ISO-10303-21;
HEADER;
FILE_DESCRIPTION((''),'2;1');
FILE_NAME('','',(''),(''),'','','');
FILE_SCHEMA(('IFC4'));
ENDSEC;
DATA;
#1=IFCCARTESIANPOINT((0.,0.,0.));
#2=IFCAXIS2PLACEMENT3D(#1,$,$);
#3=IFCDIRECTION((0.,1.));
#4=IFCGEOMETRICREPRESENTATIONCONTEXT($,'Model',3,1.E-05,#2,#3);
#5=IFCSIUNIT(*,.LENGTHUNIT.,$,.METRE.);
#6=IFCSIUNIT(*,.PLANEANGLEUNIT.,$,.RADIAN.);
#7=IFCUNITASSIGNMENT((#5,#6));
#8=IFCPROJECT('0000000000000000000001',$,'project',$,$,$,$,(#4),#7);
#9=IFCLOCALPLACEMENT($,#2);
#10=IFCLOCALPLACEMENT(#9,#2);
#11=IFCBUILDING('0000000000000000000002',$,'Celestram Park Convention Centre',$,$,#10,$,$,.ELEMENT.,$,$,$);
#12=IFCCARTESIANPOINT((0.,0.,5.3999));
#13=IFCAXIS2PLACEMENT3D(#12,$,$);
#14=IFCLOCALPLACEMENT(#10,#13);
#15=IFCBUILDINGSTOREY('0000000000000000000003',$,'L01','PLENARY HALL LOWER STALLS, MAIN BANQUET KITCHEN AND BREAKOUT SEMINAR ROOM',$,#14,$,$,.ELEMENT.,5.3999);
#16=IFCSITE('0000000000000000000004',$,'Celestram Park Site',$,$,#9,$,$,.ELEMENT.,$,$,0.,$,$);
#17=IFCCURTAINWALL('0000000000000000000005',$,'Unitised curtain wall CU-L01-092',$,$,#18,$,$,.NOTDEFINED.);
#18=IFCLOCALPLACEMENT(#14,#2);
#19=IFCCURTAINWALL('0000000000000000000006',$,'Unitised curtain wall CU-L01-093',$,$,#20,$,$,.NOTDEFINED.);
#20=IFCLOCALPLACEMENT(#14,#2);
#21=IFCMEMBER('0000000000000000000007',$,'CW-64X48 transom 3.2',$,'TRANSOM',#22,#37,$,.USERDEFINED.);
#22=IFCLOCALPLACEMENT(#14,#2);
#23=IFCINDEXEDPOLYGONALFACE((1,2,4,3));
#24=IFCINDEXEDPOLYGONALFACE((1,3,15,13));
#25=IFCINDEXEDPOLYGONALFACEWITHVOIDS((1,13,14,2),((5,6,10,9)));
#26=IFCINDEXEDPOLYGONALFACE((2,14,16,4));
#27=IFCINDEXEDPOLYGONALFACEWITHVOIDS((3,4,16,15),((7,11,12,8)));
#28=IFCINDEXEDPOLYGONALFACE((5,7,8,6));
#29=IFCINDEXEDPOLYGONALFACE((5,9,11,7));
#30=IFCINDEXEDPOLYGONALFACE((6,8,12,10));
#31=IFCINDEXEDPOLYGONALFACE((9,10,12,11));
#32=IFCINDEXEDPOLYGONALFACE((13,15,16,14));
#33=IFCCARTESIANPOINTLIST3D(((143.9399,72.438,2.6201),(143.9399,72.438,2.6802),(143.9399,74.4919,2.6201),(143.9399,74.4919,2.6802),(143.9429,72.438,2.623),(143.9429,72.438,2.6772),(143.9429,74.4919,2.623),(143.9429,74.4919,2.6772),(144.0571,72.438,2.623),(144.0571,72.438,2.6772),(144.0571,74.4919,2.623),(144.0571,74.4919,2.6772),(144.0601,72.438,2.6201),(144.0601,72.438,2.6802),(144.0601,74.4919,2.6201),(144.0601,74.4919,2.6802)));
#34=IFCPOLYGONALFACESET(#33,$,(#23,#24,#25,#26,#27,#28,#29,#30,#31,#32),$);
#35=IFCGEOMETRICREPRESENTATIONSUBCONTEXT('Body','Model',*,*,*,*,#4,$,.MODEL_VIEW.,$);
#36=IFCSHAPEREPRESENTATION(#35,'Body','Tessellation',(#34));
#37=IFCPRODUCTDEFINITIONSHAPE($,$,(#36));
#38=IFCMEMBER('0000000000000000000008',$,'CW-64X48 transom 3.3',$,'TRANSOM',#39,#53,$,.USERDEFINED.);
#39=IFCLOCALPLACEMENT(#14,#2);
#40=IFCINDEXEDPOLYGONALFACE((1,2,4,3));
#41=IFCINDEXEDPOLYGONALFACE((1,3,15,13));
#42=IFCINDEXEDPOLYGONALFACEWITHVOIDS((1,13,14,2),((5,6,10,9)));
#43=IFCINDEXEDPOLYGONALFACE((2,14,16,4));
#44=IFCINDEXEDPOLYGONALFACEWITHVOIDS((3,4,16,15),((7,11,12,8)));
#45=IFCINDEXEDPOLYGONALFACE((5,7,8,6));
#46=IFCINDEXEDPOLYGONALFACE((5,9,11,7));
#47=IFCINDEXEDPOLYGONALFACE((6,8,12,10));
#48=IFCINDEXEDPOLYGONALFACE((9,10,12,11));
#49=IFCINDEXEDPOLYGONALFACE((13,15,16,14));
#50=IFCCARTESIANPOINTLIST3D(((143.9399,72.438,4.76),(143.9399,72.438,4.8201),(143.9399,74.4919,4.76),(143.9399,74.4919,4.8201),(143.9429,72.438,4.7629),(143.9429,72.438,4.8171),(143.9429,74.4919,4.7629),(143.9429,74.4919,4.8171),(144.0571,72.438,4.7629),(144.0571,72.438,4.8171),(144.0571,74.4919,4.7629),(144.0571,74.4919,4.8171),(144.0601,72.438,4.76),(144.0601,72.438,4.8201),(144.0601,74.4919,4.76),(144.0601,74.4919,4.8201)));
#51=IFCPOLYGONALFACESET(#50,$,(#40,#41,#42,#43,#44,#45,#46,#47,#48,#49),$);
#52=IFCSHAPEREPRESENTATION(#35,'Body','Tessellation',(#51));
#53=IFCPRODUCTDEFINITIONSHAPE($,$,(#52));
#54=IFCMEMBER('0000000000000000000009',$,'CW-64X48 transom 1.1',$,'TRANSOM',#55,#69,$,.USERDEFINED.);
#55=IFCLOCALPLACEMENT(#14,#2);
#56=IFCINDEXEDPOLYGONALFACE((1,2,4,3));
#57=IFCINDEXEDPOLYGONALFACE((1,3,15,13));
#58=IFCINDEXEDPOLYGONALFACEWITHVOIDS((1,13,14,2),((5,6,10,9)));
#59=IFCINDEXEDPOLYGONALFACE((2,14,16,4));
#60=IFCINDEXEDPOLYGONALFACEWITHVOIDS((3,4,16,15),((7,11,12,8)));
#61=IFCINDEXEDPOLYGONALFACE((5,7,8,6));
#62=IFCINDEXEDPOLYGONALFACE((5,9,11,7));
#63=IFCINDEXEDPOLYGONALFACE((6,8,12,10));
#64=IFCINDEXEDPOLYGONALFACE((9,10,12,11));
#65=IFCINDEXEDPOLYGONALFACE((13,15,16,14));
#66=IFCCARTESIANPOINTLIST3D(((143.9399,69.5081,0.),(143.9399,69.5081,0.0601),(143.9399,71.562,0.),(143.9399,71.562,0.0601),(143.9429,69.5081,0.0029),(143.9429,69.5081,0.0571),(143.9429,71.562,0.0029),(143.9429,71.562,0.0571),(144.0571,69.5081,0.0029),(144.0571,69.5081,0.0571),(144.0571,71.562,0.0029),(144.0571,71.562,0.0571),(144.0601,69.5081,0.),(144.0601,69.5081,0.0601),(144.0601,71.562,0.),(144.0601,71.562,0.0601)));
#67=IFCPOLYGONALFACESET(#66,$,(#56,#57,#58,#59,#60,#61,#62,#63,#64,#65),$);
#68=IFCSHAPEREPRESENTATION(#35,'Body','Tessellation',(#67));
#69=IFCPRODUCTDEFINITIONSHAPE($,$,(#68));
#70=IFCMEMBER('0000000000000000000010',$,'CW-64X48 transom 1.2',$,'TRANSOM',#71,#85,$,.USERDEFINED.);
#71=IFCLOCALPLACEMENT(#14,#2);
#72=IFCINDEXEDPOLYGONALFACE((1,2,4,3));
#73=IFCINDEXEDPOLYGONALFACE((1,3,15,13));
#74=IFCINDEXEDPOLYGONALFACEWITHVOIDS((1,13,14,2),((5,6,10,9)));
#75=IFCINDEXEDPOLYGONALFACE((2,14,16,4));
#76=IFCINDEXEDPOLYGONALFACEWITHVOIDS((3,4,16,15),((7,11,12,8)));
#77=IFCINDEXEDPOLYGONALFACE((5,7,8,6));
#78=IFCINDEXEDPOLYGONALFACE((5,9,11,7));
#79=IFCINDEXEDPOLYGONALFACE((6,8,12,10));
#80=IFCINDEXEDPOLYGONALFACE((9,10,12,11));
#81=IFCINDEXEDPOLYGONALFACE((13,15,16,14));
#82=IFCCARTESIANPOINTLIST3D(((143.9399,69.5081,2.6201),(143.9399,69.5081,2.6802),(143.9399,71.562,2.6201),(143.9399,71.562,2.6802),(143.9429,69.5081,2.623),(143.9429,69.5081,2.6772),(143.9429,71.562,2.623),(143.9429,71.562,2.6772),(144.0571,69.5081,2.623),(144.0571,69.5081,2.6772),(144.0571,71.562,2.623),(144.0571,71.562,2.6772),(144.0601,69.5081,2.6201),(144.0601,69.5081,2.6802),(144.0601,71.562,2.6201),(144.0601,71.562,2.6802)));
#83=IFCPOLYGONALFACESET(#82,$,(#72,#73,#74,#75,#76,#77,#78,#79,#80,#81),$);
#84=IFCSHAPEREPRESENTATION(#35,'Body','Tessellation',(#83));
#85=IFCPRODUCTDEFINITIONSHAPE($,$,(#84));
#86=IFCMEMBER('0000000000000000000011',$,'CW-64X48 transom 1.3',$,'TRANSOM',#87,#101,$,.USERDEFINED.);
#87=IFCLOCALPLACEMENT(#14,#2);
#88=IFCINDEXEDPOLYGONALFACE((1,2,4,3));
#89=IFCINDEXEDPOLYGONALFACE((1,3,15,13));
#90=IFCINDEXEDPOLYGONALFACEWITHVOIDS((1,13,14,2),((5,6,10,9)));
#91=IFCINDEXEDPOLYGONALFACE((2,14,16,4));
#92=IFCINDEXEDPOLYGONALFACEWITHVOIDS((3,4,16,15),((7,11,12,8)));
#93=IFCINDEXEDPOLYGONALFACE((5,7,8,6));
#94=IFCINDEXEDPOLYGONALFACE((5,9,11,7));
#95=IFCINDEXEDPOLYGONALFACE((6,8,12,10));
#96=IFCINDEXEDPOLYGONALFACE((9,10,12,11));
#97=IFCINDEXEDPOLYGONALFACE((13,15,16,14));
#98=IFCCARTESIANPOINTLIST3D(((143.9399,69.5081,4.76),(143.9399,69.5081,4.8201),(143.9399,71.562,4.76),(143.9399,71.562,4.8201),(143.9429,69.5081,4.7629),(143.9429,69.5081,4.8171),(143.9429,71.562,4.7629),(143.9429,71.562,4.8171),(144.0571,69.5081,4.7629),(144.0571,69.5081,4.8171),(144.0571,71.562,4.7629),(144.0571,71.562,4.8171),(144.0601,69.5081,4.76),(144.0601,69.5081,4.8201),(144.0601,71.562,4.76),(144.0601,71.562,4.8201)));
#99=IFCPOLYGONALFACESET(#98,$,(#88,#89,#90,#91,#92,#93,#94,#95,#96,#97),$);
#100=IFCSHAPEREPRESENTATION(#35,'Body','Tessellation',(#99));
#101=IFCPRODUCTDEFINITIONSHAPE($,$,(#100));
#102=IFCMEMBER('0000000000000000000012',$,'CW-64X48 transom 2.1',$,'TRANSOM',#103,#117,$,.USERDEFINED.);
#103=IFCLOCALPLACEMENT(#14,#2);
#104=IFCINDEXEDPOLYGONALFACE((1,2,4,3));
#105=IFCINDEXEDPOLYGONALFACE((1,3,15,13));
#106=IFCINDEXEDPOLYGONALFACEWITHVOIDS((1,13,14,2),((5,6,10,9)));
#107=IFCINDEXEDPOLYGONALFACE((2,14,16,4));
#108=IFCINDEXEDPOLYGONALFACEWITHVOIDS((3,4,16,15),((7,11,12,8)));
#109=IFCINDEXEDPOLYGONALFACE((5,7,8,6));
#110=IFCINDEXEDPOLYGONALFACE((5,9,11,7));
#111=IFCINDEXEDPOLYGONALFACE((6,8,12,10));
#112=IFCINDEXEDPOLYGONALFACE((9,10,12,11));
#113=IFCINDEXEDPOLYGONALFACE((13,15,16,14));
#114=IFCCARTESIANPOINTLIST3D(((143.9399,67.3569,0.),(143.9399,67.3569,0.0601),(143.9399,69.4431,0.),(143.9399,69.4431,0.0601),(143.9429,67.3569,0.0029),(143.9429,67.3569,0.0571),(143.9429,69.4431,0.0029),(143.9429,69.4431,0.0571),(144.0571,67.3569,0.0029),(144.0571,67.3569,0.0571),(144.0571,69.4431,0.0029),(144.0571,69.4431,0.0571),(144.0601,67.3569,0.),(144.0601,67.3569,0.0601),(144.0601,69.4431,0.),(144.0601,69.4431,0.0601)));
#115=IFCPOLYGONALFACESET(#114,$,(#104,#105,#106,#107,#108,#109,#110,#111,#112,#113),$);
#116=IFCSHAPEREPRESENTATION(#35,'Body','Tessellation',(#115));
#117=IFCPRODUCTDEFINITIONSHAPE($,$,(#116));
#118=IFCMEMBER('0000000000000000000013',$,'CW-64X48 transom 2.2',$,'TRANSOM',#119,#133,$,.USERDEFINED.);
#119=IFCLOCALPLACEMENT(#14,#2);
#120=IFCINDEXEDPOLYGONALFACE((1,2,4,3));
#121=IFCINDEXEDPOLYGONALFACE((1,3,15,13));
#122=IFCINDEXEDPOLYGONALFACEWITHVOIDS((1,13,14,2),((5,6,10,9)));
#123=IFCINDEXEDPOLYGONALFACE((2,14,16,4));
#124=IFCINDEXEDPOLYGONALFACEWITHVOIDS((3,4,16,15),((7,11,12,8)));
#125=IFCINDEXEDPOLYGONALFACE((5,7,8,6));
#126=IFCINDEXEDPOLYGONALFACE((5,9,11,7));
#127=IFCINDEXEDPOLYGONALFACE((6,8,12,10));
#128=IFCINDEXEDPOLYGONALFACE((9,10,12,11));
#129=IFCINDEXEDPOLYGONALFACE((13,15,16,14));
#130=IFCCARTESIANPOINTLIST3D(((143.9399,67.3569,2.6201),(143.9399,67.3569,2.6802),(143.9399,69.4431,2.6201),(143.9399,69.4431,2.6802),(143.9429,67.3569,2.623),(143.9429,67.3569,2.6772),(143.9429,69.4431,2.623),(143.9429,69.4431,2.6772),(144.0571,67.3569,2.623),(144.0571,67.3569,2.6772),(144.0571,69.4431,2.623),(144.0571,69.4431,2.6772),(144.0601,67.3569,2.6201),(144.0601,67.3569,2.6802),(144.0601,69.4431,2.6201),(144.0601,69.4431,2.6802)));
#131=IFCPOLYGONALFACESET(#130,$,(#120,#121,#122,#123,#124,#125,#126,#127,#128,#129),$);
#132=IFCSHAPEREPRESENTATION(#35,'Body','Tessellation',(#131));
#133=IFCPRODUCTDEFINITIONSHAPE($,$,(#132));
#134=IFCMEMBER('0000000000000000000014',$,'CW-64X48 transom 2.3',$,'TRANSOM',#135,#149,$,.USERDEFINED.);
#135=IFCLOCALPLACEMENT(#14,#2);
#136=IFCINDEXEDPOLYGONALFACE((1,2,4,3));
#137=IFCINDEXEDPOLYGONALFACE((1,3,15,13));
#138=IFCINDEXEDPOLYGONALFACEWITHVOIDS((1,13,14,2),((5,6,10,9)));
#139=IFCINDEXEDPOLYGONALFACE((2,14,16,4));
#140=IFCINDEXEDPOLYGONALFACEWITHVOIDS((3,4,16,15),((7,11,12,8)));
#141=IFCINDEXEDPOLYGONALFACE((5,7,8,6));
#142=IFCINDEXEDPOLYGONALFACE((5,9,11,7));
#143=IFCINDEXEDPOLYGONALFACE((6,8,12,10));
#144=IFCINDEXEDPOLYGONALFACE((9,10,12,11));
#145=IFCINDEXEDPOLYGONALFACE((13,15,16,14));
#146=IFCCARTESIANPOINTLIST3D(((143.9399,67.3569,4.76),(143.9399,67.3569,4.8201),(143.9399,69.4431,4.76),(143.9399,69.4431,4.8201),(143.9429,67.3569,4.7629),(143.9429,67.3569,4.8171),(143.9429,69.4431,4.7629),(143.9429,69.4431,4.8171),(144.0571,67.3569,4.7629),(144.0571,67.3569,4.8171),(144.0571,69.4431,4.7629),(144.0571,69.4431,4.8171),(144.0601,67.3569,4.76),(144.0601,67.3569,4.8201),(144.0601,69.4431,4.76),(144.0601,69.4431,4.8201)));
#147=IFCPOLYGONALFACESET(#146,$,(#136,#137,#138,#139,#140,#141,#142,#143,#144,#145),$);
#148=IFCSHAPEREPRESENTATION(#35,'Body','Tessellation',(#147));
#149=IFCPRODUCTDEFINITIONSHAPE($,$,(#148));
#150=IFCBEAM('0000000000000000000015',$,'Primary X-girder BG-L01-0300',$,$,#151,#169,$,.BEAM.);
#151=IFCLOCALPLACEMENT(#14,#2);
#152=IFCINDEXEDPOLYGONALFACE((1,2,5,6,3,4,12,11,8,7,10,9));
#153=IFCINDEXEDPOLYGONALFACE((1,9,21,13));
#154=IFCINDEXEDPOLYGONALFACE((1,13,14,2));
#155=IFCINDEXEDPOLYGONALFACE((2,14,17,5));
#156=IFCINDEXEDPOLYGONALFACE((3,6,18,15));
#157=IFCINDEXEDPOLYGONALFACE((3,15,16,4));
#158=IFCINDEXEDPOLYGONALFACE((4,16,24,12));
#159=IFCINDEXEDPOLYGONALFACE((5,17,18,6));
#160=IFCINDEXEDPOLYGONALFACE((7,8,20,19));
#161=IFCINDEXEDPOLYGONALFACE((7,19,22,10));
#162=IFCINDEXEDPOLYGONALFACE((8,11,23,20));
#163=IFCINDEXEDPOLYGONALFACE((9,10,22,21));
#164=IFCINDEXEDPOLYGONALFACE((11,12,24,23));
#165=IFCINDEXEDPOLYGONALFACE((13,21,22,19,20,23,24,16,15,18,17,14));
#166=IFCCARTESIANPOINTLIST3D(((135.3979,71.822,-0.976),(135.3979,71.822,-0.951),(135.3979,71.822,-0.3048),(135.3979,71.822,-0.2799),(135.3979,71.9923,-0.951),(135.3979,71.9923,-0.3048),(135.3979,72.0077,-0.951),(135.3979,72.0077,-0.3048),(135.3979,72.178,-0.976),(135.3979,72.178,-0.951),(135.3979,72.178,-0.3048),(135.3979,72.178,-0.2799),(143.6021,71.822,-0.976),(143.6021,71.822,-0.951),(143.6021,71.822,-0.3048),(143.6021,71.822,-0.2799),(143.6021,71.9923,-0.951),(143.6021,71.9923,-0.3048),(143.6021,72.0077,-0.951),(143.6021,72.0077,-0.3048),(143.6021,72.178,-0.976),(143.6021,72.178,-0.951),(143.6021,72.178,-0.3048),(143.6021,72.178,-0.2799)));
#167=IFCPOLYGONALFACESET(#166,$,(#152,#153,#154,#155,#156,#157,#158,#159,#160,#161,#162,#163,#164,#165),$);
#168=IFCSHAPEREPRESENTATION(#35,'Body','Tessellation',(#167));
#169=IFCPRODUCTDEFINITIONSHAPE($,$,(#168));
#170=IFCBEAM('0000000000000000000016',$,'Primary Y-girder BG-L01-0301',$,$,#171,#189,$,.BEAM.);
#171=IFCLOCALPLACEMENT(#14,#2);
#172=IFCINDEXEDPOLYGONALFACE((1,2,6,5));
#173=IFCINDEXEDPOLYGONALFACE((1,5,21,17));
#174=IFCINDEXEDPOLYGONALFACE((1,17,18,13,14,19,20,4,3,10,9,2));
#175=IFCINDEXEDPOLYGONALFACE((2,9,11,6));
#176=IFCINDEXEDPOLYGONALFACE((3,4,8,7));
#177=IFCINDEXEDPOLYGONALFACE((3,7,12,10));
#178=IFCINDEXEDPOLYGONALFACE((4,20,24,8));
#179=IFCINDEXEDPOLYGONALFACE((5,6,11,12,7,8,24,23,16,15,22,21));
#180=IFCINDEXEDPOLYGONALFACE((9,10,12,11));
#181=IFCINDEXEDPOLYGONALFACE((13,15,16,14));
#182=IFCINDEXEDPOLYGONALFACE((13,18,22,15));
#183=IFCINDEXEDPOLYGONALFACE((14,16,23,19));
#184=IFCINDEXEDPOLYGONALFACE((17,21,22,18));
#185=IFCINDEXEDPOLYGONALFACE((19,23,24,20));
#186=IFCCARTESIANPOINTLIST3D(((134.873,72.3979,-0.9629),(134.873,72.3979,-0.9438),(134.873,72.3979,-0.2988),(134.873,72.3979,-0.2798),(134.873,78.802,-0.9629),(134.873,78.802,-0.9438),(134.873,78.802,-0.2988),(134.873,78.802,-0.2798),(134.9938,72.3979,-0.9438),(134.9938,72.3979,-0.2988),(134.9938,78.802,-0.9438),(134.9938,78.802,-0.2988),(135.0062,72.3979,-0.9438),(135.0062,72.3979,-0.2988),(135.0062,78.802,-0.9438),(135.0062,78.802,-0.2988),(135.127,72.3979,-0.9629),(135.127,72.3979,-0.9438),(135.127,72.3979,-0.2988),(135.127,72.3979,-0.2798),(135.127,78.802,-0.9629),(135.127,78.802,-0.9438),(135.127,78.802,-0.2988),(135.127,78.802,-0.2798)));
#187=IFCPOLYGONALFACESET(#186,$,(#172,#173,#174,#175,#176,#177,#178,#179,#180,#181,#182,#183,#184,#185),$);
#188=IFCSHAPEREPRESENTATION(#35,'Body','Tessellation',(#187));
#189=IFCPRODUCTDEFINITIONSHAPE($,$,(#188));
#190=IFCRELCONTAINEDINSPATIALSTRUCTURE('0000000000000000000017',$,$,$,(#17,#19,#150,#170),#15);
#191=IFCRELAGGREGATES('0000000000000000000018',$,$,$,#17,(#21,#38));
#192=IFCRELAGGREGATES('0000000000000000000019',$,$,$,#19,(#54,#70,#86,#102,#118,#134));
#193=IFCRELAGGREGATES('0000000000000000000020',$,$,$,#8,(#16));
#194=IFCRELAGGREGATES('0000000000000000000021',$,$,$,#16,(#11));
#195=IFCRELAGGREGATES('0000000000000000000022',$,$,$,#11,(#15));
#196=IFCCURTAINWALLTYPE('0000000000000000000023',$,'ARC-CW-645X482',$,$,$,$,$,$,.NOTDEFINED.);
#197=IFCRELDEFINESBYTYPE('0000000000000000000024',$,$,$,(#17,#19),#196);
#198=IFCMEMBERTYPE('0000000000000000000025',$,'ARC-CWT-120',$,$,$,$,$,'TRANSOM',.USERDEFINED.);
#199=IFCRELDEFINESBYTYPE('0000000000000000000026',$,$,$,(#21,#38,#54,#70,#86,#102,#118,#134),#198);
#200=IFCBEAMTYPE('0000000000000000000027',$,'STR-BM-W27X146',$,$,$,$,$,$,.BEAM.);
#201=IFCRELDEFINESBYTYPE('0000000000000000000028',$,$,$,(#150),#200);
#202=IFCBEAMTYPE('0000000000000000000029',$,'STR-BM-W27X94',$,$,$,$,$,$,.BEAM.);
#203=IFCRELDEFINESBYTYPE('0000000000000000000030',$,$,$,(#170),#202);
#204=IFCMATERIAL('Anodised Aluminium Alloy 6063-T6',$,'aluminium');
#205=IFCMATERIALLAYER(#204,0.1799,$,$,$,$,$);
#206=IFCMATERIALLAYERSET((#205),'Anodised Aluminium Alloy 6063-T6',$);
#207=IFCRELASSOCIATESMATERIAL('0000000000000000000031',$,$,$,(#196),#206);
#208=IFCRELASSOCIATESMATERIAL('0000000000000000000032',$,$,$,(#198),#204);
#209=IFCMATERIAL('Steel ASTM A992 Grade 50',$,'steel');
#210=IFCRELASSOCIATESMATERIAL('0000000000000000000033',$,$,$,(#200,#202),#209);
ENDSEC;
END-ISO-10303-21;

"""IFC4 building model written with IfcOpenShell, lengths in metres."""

from ifc_helpers import new_model, si_unit, direction, frame, origin, origin_2d, place, context, subcontext, project, spatial, hollow_rectangle, i_section, extrude, material, layer, layer_set, material_profile, profile_set, type_object, element, aggregate, save


model = new_model("IFC4")

# Units and contexts
model_context = context("Model", 3, precision=1e-05, world=origin(), true_north=direction((0.0, 1.0)))
body_context = subcontext(model_context, "Body", "Model", "MODEL_VIEW")
ifc_project = project(units=[si_unit("LENGTHUNIT", "METRE"), si_unit("PLANEANGLEUNIT", "RADIAN")], contexts=[model_context])

# Site, building, storey
site_placement = place(None, origin())
site = spatial("IfcSite", under=ifc_project, at=site_placement, Name="Celestram Park Site", CompositionType="ELEMENT", RefElevation=0.0)
building_placement = place(site_placement, origin())
building = spatial("IfcBuilding", under=site, at=building_placement, Name="Celestram Park Convention Centre", CompositionType="ELEMENT")
storey_placement = place(building_placement, frame((0.0, 0.0, 5.3999)))
storey = spatial("IfcBuildingStorey", under=building, at=storey_placement, Name="L01", Description="PLENARY HALL LOWER STALLS, MAIN BANQUET KITCHEN AND BREAKOUT SEMINAR ROOM", CompositionType="ELEMENT", Elevation=5.3999)

# Curtain walls
ifc_material_1 = material(Name="Anodised Aluminium Alloy 6063-T6", Category="aluminium")
ifc_layer_1 = layer(ifc_material_1, 0.1799)
ifc_layer_set_1 = layer_set([ifc_layer_1], Name="Anodised Aluminium Alloy 6063-T6")
curtain_wall_type = type_object("IfcCurtainWallType", Name="ARC-CW-645X482", PredefinedType="NOTDEFINED", material=ifc_layer_set_1)
curtain_wall_1_placement = place(storey_placement, origin())
curtain_wall_1 = element("IfcCurtainWall", 1, at=curtain_wall_1_placement, inside=storey, type_object=curtain_wall_type, Name="Unitised curtain wall CU-L01-092", PredefinedType="NOTDEFINED")
curtain_wall_2_placement = place(storey_placement, origin())
curtain_wall_2 = element("IfcCurtainWall", 2, at=curtain_wall_2_placement, inside=storey, type_object=curtain_wall_type, Name="Unitised curtain wall CU-L01-093", PredefinedType="NOTDEFINED")

# Members
ifc_material_profile_1 = material_profile(ifc_material_1, hollow_rectangle(XDim=0.1201, YDim=0.0601, WallThickness=0.0029, at=origin_2d()), Name="ALU120X60X3")
ifc_profile_set_1 = profile_set([ifc_material_profile_1], Name="Anodised Aluminium Alloy 6063-T6")
member_type_1 = type_object("IfcMemberType", Name="ARC-CWT-120", ElementType="TRANSOM", PredefinedType="USERDEFINED", material=ifc_profile_set_1)
member_1_placement = place(storey_placement, frame((144.0, 74.4919, 2.6501), z_axis=(0.0, -1.0, 0.0), x_axis=(1.0, 0.0, 0.0)))
member_1 = element("IfcMember", 3, at=member_1_placement, type_object=member_type_1, Name="CW-64X48 transom 3.2", ObjectType="TRANSOM", PredefinedType="USERDEFINED", context=body_context, shape_type="SweptSolid", body=[
    extrude(hollow_rectangle(XDim=0.1201, YDim=0.0601, WallThickness=0.0029, at=origin_2d()), origin(), (0.0, 0.0, 1.0), 2.054),
])
member_2_placement = place(storey_placement, frame((144.0, 74.4919, 4.79), z_axis=(0.0, -1.0, 0.0), x_axis=(1.0, 0.0, 0.0)))
member_2 = element("IfcMember", 4, at=member_2_placement, type_object=member_type_1, Name="CW-64X48 transom 3.3", ObjectType="TRANSOM", PredefinedType="USERDEFINED", context=body_context, shape_type="SweptSolid", body=[
    extrude(hollow_rectangle(XDim=0.1201, YDim=0.0601, WallThickness=0.0029, at=origin_2d()), origin(), (0.0, 0.0, 1.0), 2.054),
])
member_3_placement = place(storey_placement, frame((144.0, 71.562, 0.03), z_axis=(0.0, -1.0, 0.0), x_axis=(1.0, 0.0, 0.0)))
member_3 = element("IfcMember", 5, at=member_3_placement, type_object=member_type_1, Name="CW-64X48 transom 1.1", ObjectType="TRANSOM", PredefinedType="USERDEFINED", context=body_context, shape_type="SweptSolid", body=[
    extrude(hollow_rectangle(XDim=0.1201, YDim=0.0601, WallThickness=0.0029, at=origin_2d()), origin(), (0.0, 0.0, 1.0), 2.054),
])
member_4_placement = place(storey_placement, frame((144.0, 71.562, 2.6501), z_axis=(0.0, -1.0, 0.0), x_axis=(1.0, 0.0, 0.0)))
member_4 = element("IfcMember", 6, at=member_4_placement, type_object=member_type_1, Name="CW-64X48 transom 1.2", ObjectType="TRANSOM", PredefinedType="USERDEFINED", context=body_context, shape_type="SweptSolid", body=[
    extrude(hollow_rectangle(XDim=0.1201, YDim=0.0601, WallThickness=0.0029, at=origin_2d()), origin(), (0.0, 0.0, 1.0), 2.054),
])
member_5_placement = place(storey_placement, frame((144.0, 71.562, 4.79), z_axis=(0.0, -1.0, 0.0), x_axis=(1.0, 0.0, 0.0)))
member_5 = element("IfcMember", 7, at=member_5_placement, type_object=member_type_1, Name="CW-64X48 transom 1.3", ObjectType="TRANSOM", PredefinedType="USERDEFINED", context=body_context, shape_type="SweptSolid", body=[
    extrude(hollow_rectangle(XDim=0.1201, YDim=0.0601, WallThickness=0.0029, at=origin_2d()), origin(), (0.0, 0.0, 1.0), 2.054),
])
member_6_placement = place(storey_placement, frame((144.0, 69.4431, 0.03), z_axis=(0.0, -1.0, 0.0), x_axis=(1.0, 0.0, 0.0)))
member_6 = element("IfcMember", 8, at=member_6_placement, type_object=member_type_1, Name="CW-64X48 transom 2.1", ObjectType="TRANSOM", PredefinedType="USERDEFINED", context=body_context, shape_type="SweptSolid", body=[
    extrude(hollow_rectangle(XDim=0.1201, YDim=0.0601, WallThickness=0.0029, at=origin_2d()), origin(), (0.0, 0.0, 1.0), 2.0862),
])
member_7_placement = place(storey_placement, frame((144.0, 69.4431, 2.6501), z_axis=(0.0, -1.0, 0.0), x_axis=(1.0, 0.0, 0.0)))
member_7 = element("IfcMember", 9, at=member_7_placement, type_object=member_type_1, Name="CW-64X48 transom 2.2", ObjectType="TRANSOM", PredefinedType="USERDEFINED", context=body_context, shape_type="SweptSolid", body=[
    extrude(hollow_rectangle(XDim=0.1201, YDim=0.0601, WallThickness=0.0029, at=origin_2d()), origin(), (0.0, 0.0, 1.0), 2.0862),
])
member_8_placement = place(storey_placement, frame((144.0, 69.4431, 4.79), z_axis=(0.0, -1.0, 0.0), x_axis=(1.0, 0.0, 0.0)))
member_8 = element("IfcMember", 10, at=member_8_placement, type_object=member_type_1, Name="CW-64X48 transom 2.3", ObjectType="TRANSOM", PredefinedType="USERDEFINED", context=body_context, shape_type="SweptSolid", body=[
    extrude(hollow_rectangle(XDim=0.1201, YDim=0.0601, WallThickness=0.0029, at=origin_2d()), origin(), (0.0, 0.0, 1.0), 2.0862),
])

# Beams
ifc_material_2 = material(Name="Steel ASTM A992 Grade 50", Category="steel")
ifc_material_profile_2 = material_profile(ifc_material_2, i_section(OverallWidth=0.356, OverallDepth=0.696, WebThickness=0.0154, FlangeThickness=0.0249, at=origin_2d()), Name="W27X146")
ifc_profile_set_2 = profile_set([ifc_material_profile_2], Name="Steel ASTM A992 Grade 50")
beam_type_1 = type_object("IfcBeamType", Name="STR-BM-W27X146", PredefinedType="BEAM", material=ifc_profile_set_2)
beam_1_placement = place(storey_placement, frame((135.3979, 72.0, -0.6279), z_axis=(1.0, 0.0, 0.0), x_axis=(0.0, 1.0, 0.0)))
element("IfcBeam", 11, at=beam_1_placement, inside=storey, type_object=beam_type_1, Name="Primary X-girder BG-L01-0300", PredefinedType="BEAM", context=body_context, shape_type="SweptSolid", body=[
    extrude(i_section(OverallWidth=0.356, OverallDepth=0.696, WebThickness=0.0154, FlangeThickness=0.0249, at=origin_2d()), origin(), (0.0, 0.0, 1.0), 8.2041),
])
ifc_material_profile_3 = material_profile(ifc_material_2, i_section(OverallWidth=0.2539, OverallDepth=0.6831, WebThickness=0.0125, FlangeThickness=0.019, at=origin_2d()), Name="W27X94")
ifc_profile_set_3 = profile_set([ifc_material_profile_3], Name="Steel ASTM A992 Grade 50")
beam_type_2 = type_object("IfcBeamType", Name="STR-BM-W27X94", PredefinedType="BEAM", material=ifc_profile_set_3)
beam_2_placement = place(storey_placement, frame((135.0, 72.3979, -0.6213), z_axis=(0.0, 1.0, 0.0), x_axis=(-1.0, 0.0, 0.0)))
element("IfcBeam", 12, at=beam_2_placement, inside=storey, type_object=beam_type_2, Name="Primary Y-girder BG-L01-0301", PredefinedType="BEAM", context=body_context, shape_type="SweptSolid", body=[
    extrude(i_section(OverallWidth=0.2539, OverallDepth=0.6831, WebThickness=0.0125, FlangeThickness=0.019, at=origin_2d()), origin(), (0.0, 0.0, 1.0), 6.4041),
])

aggregate(curtain_wall_1, [member_1, member_2])
aggregate(curtain_wall_2, [member_3, member_4, member_5, member_6, member_7, member_8])

save(model, "model.ifc")
